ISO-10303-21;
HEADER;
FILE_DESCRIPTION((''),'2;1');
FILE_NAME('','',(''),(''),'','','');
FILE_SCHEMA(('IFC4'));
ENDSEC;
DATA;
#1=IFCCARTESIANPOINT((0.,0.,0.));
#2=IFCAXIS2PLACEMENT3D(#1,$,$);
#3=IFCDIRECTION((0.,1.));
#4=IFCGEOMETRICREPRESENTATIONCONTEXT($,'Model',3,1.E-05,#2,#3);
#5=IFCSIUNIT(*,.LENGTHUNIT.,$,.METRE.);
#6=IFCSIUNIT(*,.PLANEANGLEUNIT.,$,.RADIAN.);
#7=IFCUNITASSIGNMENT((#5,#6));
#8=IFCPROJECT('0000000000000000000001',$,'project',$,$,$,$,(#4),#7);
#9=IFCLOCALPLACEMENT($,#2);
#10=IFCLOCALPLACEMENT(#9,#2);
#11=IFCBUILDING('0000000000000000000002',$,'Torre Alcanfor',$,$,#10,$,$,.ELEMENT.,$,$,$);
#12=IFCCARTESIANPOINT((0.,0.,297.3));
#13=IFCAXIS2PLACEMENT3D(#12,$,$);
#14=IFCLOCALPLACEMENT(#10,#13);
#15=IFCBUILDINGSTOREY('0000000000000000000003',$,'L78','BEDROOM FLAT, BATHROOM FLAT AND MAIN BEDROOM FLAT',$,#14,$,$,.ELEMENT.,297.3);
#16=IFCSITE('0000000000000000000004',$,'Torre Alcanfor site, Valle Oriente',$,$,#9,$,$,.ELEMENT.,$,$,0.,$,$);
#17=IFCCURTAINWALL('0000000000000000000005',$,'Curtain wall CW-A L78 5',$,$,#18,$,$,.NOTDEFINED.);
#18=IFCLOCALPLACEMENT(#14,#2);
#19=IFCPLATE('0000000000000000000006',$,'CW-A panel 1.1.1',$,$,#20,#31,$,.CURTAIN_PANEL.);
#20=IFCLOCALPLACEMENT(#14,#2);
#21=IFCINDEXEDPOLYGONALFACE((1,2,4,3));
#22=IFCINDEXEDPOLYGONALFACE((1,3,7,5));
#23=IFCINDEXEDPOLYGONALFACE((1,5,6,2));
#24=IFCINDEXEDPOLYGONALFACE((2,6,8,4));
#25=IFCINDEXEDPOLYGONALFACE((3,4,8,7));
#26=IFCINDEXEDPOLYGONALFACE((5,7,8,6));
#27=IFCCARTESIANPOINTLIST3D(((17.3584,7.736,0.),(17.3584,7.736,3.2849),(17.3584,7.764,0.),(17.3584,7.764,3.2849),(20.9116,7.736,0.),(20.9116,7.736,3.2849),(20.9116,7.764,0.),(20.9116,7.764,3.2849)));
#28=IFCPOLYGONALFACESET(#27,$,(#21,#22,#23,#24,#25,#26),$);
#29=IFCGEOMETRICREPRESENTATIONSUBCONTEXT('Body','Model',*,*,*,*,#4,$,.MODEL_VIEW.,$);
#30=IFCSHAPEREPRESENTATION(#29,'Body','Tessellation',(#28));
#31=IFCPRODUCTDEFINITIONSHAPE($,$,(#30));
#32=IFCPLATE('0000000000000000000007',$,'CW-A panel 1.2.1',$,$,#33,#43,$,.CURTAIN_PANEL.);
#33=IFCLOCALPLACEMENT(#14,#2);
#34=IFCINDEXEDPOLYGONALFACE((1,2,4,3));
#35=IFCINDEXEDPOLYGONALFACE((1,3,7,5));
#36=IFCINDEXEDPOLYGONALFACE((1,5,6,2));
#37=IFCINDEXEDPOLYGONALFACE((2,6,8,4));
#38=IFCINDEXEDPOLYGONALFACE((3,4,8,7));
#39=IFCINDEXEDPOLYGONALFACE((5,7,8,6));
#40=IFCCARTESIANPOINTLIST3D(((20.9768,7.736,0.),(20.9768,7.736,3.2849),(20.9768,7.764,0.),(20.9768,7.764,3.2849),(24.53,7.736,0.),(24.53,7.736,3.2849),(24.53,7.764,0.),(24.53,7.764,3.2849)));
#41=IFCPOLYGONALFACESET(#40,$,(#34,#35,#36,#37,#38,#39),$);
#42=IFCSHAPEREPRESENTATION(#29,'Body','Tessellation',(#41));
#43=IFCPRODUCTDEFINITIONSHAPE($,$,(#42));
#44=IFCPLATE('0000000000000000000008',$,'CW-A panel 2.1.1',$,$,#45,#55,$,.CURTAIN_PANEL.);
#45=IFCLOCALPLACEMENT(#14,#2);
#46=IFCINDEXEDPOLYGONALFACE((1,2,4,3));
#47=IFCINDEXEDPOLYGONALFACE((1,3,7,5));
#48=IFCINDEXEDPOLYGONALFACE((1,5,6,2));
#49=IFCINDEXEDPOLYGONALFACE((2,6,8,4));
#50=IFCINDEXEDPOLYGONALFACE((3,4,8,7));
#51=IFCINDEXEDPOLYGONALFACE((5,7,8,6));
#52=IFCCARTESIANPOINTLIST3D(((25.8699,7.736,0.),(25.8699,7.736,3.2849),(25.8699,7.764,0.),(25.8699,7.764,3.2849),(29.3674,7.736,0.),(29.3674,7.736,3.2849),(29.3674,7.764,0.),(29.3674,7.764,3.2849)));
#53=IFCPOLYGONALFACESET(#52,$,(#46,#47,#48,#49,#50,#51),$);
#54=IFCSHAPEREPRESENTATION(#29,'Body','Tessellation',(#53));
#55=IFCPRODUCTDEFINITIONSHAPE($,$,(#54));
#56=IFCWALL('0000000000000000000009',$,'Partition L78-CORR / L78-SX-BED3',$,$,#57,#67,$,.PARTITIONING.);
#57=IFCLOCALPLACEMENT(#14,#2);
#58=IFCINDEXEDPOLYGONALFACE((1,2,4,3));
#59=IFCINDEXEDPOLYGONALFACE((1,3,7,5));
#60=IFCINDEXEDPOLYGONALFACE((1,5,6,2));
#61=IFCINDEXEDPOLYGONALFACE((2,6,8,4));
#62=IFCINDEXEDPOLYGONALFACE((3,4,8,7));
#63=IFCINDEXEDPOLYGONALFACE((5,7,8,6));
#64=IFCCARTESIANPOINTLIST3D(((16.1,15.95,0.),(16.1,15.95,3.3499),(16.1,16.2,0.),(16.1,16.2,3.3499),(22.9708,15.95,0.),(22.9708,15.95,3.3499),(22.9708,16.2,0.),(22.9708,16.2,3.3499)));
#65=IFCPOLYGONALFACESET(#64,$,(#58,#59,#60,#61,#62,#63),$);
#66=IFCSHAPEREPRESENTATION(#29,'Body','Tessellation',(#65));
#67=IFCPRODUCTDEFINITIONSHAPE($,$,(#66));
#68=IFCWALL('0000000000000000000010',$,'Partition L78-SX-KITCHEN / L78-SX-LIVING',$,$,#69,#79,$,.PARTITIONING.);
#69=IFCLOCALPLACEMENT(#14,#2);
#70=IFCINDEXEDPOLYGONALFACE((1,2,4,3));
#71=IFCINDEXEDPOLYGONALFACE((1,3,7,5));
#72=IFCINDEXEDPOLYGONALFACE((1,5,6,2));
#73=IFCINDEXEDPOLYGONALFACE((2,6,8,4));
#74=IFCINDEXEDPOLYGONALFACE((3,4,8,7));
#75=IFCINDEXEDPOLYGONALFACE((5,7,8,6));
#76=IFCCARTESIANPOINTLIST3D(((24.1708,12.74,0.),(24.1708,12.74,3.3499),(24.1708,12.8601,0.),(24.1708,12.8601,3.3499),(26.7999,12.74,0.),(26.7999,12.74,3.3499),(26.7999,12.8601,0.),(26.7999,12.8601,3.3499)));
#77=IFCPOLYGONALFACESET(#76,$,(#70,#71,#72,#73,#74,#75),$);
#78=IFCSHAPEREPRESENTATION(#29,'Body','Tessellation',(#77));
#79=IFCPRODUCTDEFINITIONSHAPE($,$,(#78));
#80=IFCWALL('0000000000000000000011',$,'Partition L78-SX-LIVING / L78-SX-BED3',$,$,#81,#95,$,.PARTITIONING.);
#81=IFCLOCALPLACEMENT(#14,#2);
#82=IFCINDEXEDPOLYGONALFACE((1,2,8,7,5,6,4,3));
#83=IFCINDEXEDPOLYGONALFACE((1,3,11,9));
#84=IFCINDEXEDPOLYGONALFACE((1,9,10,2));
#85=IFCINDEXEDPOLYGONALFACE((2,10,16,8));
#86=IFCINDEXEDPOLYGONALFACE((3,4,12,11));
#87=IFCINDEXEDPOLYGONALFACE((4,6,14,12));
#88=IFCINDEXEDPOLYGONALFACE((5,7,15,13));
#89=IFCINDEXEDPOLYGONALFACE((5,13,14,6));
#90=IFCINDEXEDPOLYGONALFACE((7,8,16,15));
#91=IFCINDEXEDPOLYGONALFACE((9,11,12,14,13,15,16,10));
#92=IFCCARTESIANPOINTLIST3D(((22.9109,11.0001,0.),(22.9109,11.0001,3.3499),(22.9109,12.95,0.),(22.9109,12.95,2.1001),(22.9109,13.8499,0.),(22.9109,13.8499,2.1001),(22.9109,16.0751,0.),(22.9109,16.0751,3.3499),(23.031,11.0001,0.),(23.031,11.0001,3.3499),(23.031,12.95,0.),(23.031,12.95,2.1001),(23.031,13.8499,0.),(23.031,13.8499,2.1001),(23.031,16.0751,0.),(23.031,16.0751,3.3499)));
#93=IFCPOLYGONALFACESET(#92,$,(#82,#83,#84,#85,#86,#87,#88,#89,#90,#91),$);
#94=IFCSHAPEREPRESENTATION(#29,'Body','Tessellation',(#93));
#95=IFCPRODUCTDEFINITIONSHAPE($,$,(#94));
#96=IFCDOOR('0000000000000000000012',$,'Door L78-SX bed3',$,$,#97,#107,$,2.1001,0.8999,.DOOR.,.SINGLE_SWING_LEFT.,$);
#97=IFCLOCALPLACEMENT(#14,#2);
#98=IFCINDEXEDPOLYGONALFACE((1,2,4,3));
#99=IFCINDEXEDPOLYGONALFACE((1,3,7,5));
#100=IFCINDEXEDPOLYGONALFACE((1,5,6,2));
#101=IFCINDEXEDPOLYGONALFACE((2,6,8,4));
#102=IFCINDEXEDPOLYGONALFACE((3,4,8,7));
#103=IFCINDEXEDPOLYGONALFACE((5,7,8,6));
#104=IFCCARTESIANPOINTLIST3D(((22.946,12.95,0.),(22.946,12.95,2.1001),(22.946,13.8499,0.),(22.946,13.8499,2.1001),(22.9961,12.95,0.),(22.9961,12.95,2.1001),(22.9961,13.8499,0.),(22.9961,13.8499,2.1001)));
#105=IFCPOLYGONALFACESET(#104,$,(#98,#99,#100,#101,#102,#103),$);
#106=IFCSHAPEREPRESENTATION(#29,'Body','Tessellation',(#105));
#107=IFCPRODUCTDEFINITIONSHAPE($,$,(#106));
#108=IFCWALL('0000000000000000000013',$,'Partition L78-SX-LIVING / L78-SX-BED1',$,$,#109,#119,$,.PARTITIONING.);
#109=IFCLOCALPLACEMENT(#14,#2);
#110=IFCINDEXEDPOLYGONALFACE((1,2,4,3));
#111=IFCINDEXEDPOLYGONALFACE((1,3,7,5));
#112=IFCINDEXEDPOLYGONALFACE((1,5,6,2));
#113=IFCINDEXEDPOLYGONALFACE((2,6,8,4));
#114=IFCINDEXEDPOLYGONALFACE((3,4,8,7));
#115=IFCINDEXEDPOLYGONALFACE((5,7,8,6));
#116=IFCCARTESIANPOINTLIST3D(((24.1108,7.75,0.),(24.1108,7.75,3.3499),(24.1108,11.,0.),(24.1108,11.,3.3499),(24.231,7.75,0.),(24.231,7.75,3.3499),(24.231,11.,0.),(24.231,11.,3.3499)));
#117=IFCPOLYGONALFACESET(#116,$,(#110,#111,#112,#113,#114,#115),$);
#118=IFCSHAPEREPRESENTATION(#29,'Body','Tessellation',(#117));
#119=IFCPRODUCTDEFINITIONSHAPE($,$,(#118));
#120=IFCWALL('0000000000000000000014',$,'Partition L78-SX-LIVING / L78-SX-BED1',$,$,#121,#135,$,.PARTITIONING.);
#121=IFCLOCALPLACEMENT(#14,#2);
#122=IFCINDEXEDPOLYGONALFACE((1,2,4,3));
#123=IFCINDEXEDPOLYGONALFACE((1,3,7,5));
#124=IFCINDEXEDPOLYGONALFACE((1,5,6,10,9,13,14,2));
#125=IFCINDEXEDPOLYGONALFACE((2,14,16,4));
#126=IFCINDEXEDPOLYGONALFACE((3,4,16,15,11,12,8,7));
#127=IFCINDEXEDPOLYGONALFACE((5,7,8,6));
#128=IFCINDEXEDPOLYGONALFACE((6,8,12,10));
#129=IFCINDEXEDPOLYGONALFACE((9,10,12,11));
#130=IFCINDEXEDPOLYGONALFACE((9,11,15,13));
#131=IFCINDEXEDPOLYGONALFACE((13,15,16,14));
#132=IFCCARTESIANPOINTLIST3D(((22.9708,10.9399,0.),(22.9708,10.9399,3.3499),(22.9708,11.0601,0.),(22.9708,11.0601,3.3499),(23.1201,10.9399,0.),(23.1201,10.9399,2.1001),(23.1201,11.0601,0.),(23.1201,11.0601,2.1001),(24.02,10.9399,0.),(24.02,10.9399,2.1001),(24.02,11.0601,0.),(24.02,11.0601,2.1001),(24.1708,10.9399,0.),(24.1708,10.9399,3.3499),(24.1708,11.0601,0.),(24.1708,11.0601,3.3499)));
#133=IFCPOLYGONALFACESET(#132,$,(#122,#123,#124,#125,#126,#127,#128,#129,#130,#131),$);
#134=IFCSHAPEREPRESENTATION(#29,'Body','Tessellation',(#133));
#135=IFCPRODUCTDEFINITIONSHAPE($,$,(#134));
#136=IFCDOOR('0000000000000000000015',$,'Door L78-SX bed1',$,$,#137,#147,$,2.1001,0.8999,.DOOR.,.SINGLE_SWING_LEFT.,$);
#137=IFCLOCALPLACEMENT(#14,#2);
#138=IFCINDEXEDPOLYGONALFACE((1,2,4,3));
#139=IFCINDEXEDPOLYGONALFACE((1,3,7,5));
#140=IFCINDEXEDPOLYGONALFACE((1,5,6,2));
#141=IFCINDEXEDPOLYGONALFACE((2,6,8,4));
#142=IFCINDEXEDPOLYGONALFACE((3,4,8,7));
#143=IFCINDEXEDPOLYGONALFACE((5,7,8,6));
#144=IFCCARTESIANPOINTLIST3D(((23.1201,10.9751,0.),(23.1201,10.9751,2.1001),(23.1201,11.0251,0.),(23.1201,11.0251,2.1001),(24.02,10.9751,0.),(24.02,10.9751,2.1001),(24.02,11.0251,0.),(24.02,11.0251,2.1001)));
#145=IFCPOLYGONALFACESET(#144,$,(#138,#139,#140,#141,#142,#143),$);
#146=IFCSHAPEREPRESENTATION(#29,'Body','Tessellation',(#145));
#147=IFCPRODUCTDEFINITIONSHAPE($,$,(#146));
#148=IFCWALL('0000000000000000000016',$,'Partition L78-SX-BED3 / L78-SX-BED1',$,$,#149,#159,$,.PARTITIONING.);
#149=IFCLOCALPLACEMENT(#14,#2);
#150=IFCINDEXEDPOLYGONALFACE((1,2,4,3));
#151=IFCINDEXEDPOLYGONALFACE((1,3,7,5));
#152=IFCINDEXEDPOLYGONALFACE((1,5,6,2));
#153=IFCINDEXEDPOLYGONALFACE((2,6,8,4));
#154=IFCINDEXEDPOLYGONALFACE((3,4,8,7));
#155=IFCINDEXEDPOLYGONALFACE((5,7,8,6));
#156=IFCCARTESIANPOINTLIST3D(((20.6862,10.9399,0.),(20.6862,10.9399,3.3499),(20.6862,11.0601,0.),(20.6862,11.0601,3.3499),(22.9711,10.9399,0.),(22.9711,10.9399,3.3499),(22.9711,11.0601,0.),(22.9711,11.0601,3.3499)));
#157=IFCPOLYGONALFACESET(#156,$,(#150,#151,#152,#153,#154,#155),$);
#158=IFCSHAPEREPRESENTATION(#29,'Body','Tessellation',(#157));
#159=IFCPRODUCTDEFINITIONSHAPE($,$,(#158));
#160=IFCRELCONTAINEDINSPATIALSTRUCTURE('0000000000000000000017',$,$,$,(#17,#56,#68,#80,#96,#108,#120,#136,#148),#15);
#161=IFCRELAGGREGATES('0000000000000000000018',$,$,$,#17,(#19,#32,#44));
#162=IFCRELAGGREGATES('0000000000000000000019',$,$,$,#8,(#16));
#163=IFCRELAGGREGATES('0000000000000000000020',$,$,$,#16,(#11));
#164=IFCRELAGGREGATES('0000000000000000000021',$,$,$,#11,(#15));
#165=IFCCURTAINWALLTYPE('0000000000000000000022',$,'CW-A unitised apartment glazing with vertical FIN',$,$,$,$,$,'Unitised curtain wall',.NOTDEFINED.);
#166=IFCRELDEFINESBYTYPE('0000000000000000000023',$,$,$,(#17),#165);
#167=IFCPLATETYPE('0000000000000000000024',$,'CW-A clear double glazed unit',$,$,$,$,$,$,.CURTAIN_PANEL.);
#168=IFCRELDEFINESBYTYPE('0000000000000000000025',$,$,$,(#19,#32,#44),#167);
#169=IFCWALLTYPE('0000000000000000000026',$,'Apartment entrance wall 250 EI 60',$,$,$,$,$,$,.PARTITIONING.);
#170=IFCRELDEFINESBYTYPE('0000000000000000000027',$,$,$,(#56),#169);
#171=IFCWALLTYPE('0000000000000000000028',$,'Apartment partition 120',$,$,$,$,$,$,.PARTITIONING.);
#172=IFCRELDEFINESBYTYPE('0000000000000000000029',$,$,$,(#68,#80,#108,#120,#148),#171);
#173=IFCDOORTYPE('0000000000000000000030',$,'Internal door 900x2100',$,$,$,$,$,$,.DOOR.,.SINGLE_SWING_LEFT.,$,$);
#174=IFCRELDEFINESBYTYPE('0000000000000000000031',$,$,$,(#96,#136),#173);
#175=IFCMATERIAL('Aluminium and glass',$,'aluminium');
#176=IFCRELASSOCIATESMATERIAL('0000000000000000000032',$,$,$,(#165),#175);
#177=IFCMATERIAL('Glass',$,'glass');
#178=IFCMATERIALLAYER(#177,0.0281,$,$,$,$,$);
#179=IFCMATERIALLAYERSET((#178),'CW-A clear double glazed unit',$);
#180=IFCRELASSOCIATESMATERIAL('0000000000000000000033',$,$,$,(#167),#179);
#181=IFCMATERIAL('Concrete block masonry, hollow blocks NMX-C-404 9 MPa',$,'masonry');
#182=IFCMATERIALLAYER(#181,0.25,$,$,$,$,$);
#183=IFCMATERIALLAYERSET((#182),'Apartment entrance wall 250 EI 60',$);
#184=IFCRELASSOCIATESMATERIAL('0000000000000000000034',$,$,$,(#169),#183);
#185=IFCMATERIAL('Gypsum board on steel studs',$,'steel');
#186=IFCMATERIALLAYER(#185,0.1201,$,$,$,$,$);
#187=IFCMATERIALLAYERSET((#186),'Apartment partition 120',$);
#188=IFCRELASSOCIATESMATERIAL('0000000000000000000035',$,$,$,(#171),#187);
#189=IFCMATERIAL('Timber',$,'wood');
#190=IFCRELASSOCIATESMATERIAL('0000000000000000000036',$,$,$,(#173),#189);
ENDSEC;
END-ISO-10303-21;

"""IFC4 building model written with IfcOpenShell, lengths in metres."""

from ifc_helpers import new_model, si_unit, direction, frame, frame_2d, origin, origin_2d, place, context, subcontext, project, spatial, rectangle, extrude, material, layer, layer_set, type_object, element, fill, aggregate, save


model = new_model("IFC4")

# Units and contexts
model_context = context("Model", 3, precision=1e-05, world=origin(), true_north=direction((0.0, 1.0)))
body_context = subcontext(model_context, "Body", "Model", "MODEL_VIEW")
ifc_project = project(units=[si_unit("LENGTHUNIT", "METRE"), si_unit("PLANEANGLEUNIT", "RADIAN")], contexts=[model_context])

# Site, building, storey
site_placement = place(None, origin())
site = spatial("IfcSite", under=ifc_project, at=site_placement, Name="Torre Alcanfor site, Valle Oriente", CompositionType="ELEMENT", RefElevation=0.0)
building_placement = place(site_placement, origin())
building = spatial("IfcBuilding", under=site, at=building_placement, Name="Torre Alcanfor", CompositionType="ELEMENT")
storey_placement = place(building_placement, frame((0.0, 0.0, 297.3)))
storey = spatial("IfcBuildingStorey", under=building, at=storey_placement, Name="L78", Description="BEDROOM FLAT, BATHROOM FLAT AND MAIN BEDROOM FLAT", CompositionType="ELEMENT", Elevation=297.3)

# Curtain wall
ifc_material_1 = material(Name="Aluminium and glass", Category="aluminium")
curtain_wall_type = type_object("IfcCurtainWallType", Name="CW-A unitised apartment glazing with vertical FIN", ElementType="Unitised curtain wall", PredefinedType="NOTDEFINED", material=ifc_material_1)
curtain_wall_placement = place(storey_placement, origin())
curtain_wall = element("IfcCurtainWall", 1, at=curtain_wall_placement, inside=storey, type_object=curtain_wall_type, Name="Curtain wall CW-A L78 5", PredefinedType="NOTDEFINED")

# Plates
ifc_material_2 = material(Name="Glass", Category="glass")
ifc_layer_1 = layer(ifc_material_2, 0.0281)
ifc_layer_set_1 = layer_set([ifc_layer_1], Name="CW-A clear double glazed unit")
plate_type = type_object("IfcPlateType", Name="CW-A clear double glazed unit", PredefinedType="CURTAIN_PANEL", material=ifc_layer_set_1)
plate_1_placement = place(storey_placement, frame((19.135, 7.75, 0.0), z_axis=(0.0, 0.0, 1.0), x_axis=(1.0, 0.0, 0.0)))
plate_1 = element("IfcPlate", 2, at=plate_1_placement, type_object=plate_type, Name="CW-A panel 1.1.1", PredefinedType="CURTAIN_PANEL", context=body_context, shape_type="SweptSolid", body=[
    extrude(rectangle(XDim=3.5532, YDim=0.0281, at=origin_2d()), origin(), (0.0, 0.0, 1.0), 3.2849),
])
plate_2_placement = place(storey_placement, frame((22.7534, 7.75, 0.0), z_axis=(0.0, 0.0, 1.0), x_axis=(1.0, 0.0, 0.0)))
plate_2 = element("IfcPlate", 3, at=plate_2_placement, type_object=plate_type, Name="CW-A panel 1.2.1", PredefinedType="CURTAIN_PANEL", context=body_context, shape_type="SweptSolid", body=[
    extrude(rectangle(XDim=3.5532, YDim=0.0281, at=origin_2d()), origin(), (0.0, 0.0, 1.0), 3.2849),
])
plate_3_placement = place(storey_placement, frame((27.6187, 7.75, 0.0), z_axis=(0.0, 0.0, 1.0), x_axis=(1.0, 0.0, 0.0)))
plate_3 = element("IfcPlate", 4, at=plate_3_placement, type_object=plate_type, Name="CW-A panel 2.1.1", PredefinedType="CURTAIN_PANEL", context=body_context, shape_type="SweptSolid", body=[
    extrude(rectangle(XDim=3.4976, YDim=0.0281, at=origin_2d()), origin(), (0.0, 0.0, 1.0), 3.2849),
])
aggregate(curtain_wall, [plate_1, plate_2, plate_3])

# Walls
ifc_material_3 = material(Name="Concrete block masonry, hollow blocks NMX-C-404 9 MPa", Category="masonry")
ifc_layer_2 = layer(ifc_material_3, 0.25)
ifc_layer_set_2 = layer_set([ifc_layer_2], Name="Apartment entrance wall 250 EI 60")
wall_type_1 = type_object("IfcWallType", Name="Apartment entrance wall 250 EI 60", PredefinedType="PARTITIONING", material=ifc_layer_set_2)
wall_1_placement = place(storey_placement, frame((22.9709, 16.075, 0.0), z_axis=(0.0, 0.0, 1.0), x_axis=(-1.0, 0.0, 0.0)))
element("IfcWall", 5, at=wall_1_placement, inside=storey, type_object=wall_type_1, Name="Partition L78-CORR / L78-SX-BED3", PredefinedType="PARTITIONING", context=body_context, shape_type="SweptSolid", body=[
    extrude(rectangle(XDim=6.8708, YDim=0.25, at=frame_2d((3.4355, 0.0))), origin(), (0.0, 0.0, 1.0), 3.3499),
])
ifc_material_4 = material(Name="Gypsum board on steel studs", Category="steel")
ifc_layer_3 = layer(ifc_material_4, 0.1201)
ifc_layer_set_3 = layer_set([ifc_layer_3], Name="Apartment partition 120")
wall_type_2 = type_object("IfcWallType", Name="Apartment partition 120", PredefinedType="PARTITIONING", material=ifc_layer_set_3)
wall_2_placement = place(storey_placement, frame((24.1709, 12.8, 0.0), z_axis=(0.0, 0.0, 1.0), x_axis=(1.0, 0.0, 0.0)))
element("IfcWall", 6, at=wall_2_placement, inside=storey, type_object=wall_type_2, Name="Partition L78-SX-KITCHEN / L78-SX-LIVING", PredefinedType="PARTITIONING", context=body_context, shape_type="SweptSolid", body=[
    extrude(rectangle(XDim=2.6292, YDim=0.1201, at=frame_2d((1.3145, 0.0))), origin(), (0.0, 0.0, 1.0), 3.3499),
])

# Wall, opening, door
wall_3_placement = place(storey_placement, frame((22.9709, 11.0, 0.0), z_axis=(0.0, 0.0, 1.0), x_axis=(0.0, 1.0, 0.0)))
wall_3 = element("IfcWall", 7, at=wall_3_placement, inside=storey, type_object=wall_type_2, Name="Partition L78-SX-LIVING / L78-SX-BED3", PredefinedType="PARTITIONING", context=body_context, shape_type="SweptSolid", body=[
    extrude(rectangle(XDim=5.075, YDim=0.1201, at=frame_2d((2.5376, 0.0))), origin(), (0.0, 0.0, 1.0), 3.3499),
])
opening_1_placement = place(wall_3_placement, frame((1.95, 0.0, 0.0)))
opening_1 = element("IfcOpeningElement", 8, at=opening_1_placement, cuts=wall_3, PredefinedType="OPENING", context=body_context, shape_type="SweptSolid", body=[
    extrude(rectangle(XDim=0.8999, YDim=2.1001, at=frame_2d((0.45, 1.05))), frame((0.0, 0.0701, 0.0), z_axis=(0.0, -1.0, 0.0), x_axis=(1.0, 0.0, 0.0)), (0.0, 0.0, 1.0), 0.1401),
])
ifc_material_5 = material(Name="Timber", Category="wood")
door_type_1 = type_object("IfcDoorType", Name="Internal door 900x2100", OperationType="SINGLE_SWING_LEFT", PredefinedType="DOOR", material=ifc_material_5)
door_1_placement = place(opening_1_placement, origin())
door_1 = element("IfcDoor", 9, at=door_1_placement, inside=storey, type_object=door_type_1, Name="Door L78-SX bed3", OperationType="SINGLE_SWING_LEFT", OverallHeight=2.1001, OverallWidth=0.8999, PredefinedType="DOOR", context=body_context, shape_type="SweptSolid", body=[
    extrude(rectangle(XDim=0.8999, YDim=2.1001, at=frame_2d((0.45, 1.05))), frame((0.0, 0.0249, 0.0), z_axis=(0.0, -1.0, 0.0), x_axis=(1.0, 0.0, 0.0)), (0.0, 0.0, 1.0), 0.05),
])
fill(opening_1, door_1)

# Wall
wall_4_placement = place(storey_placement, frame((24.1709, 7.75, 0.0), z_axis=(0.0, 0.0, 1.0), x_axis=(0.0, 1.0, 0.0)))
element("IfcWall", 10, at=wall_4_placement, inside=storey, type_object=wall_type_2, Name="Partition L78-SX-LIVING / L78-SX-BED1", PredefinedType="PARTITIONING", context=body_context, shape_type="SweptSolid", body=[
    extrude(rectangle(XDim=3.25, YDim=0.1201, at=frame_2d((1.625, 0.0))), origin(), (0.0, 0.0, 1.0), 3.3499),
])

# Wall, opening, door
wall_5_placement = place(storey_placement, frame((24.1709, 11.0, 0.0), z_axis=(0.0, 0.0, 1.0), x_axis=(-1.0, 0.0, 0.0)))
wall_5 = element("IfcWall", 11, at=wall_5_placement, inside=storey, type_object=wall_type_2, Name="Partition L78-SX-LIVING / L78-SX-BED1", PredefinedType="PARTITIONING", context=body_context, shape_type="SweptSolid", body=[
    extrude(rectangle(XDim=1.2, YDim=0.1201, at=frame_2d((0.6001, 0.0))), origin(), (0.0, 0.0, 1.0), 3.3499),
])
opening_2_placement = place(wall_5_placement, frame((0.1509, 0.0, 0.0)))
opening_2 = element("IfcOpeningElement", 12, at=opening_2_placement, cuts=wall_5, PredefinedType="OPENING", context=body_context, shape_type="SweptSolid", body=[
    extrude(rectangle(XDim=0.8999, YDim=2.1001, at=frame_2d((0.45, 1.05))), frame((0.0, 0.0701, 0.0), z_axis=(0.0, -1.0, 0.0), x_axis=(1.0, 0.0, 0.0)), (0.0, 0.0, 1.0), 0.1401),
])
door_2_placement = place(opening_2_placement, origin())
door_2 = element("IfcDoor", 13, at=door_2_placement, inside=storey, type_object=door_type_1, Name="Door L78-SX bed1", OperationType="SINGLE_SWING_LEFT", OverallHeight=2.1001, OverallWidth=0.8999, PredefinedType="DOOR", context=body_context, shape_type="SweptSolid", body=[
    extrude(rectangle(XDim=0.8999, YDim=2.1001, at=frame_2d((0.45, 1.05))), frame((0.0, 0.0249, 0.0), z_axis=(0.0, -1.0, 0.0), x_axis=(1.0, 0.0, 0.0)), (0.0, 0.0, 1.0), 0.05),
])
fill(opening_2, door_2)

# Wall
wall_6_placement = place(storey_placement, frame((20.686, 11.0, 0.0), z_axis=(0.0, 0.0, 1.0), x_axis=(1.0, 0.0, 0.0)))
element("IfcWall", 14, at=wall_6_placement, inside=storey, type_object=wall_type_2, Name="Partition L78-SX-BED3 / L78-SX-BED1", PredefinedType="PARTITIONING", context=body_context, shape_type="SweptSolid", body=[
    extrude(rectangle(XDim=2.2849, YDim=0.1201, at=frame_2d((1.1426, 0.0))), origin(), (0.0, 0.0, 1.0), 3.3499),
])

save(model, "model.ifc")
